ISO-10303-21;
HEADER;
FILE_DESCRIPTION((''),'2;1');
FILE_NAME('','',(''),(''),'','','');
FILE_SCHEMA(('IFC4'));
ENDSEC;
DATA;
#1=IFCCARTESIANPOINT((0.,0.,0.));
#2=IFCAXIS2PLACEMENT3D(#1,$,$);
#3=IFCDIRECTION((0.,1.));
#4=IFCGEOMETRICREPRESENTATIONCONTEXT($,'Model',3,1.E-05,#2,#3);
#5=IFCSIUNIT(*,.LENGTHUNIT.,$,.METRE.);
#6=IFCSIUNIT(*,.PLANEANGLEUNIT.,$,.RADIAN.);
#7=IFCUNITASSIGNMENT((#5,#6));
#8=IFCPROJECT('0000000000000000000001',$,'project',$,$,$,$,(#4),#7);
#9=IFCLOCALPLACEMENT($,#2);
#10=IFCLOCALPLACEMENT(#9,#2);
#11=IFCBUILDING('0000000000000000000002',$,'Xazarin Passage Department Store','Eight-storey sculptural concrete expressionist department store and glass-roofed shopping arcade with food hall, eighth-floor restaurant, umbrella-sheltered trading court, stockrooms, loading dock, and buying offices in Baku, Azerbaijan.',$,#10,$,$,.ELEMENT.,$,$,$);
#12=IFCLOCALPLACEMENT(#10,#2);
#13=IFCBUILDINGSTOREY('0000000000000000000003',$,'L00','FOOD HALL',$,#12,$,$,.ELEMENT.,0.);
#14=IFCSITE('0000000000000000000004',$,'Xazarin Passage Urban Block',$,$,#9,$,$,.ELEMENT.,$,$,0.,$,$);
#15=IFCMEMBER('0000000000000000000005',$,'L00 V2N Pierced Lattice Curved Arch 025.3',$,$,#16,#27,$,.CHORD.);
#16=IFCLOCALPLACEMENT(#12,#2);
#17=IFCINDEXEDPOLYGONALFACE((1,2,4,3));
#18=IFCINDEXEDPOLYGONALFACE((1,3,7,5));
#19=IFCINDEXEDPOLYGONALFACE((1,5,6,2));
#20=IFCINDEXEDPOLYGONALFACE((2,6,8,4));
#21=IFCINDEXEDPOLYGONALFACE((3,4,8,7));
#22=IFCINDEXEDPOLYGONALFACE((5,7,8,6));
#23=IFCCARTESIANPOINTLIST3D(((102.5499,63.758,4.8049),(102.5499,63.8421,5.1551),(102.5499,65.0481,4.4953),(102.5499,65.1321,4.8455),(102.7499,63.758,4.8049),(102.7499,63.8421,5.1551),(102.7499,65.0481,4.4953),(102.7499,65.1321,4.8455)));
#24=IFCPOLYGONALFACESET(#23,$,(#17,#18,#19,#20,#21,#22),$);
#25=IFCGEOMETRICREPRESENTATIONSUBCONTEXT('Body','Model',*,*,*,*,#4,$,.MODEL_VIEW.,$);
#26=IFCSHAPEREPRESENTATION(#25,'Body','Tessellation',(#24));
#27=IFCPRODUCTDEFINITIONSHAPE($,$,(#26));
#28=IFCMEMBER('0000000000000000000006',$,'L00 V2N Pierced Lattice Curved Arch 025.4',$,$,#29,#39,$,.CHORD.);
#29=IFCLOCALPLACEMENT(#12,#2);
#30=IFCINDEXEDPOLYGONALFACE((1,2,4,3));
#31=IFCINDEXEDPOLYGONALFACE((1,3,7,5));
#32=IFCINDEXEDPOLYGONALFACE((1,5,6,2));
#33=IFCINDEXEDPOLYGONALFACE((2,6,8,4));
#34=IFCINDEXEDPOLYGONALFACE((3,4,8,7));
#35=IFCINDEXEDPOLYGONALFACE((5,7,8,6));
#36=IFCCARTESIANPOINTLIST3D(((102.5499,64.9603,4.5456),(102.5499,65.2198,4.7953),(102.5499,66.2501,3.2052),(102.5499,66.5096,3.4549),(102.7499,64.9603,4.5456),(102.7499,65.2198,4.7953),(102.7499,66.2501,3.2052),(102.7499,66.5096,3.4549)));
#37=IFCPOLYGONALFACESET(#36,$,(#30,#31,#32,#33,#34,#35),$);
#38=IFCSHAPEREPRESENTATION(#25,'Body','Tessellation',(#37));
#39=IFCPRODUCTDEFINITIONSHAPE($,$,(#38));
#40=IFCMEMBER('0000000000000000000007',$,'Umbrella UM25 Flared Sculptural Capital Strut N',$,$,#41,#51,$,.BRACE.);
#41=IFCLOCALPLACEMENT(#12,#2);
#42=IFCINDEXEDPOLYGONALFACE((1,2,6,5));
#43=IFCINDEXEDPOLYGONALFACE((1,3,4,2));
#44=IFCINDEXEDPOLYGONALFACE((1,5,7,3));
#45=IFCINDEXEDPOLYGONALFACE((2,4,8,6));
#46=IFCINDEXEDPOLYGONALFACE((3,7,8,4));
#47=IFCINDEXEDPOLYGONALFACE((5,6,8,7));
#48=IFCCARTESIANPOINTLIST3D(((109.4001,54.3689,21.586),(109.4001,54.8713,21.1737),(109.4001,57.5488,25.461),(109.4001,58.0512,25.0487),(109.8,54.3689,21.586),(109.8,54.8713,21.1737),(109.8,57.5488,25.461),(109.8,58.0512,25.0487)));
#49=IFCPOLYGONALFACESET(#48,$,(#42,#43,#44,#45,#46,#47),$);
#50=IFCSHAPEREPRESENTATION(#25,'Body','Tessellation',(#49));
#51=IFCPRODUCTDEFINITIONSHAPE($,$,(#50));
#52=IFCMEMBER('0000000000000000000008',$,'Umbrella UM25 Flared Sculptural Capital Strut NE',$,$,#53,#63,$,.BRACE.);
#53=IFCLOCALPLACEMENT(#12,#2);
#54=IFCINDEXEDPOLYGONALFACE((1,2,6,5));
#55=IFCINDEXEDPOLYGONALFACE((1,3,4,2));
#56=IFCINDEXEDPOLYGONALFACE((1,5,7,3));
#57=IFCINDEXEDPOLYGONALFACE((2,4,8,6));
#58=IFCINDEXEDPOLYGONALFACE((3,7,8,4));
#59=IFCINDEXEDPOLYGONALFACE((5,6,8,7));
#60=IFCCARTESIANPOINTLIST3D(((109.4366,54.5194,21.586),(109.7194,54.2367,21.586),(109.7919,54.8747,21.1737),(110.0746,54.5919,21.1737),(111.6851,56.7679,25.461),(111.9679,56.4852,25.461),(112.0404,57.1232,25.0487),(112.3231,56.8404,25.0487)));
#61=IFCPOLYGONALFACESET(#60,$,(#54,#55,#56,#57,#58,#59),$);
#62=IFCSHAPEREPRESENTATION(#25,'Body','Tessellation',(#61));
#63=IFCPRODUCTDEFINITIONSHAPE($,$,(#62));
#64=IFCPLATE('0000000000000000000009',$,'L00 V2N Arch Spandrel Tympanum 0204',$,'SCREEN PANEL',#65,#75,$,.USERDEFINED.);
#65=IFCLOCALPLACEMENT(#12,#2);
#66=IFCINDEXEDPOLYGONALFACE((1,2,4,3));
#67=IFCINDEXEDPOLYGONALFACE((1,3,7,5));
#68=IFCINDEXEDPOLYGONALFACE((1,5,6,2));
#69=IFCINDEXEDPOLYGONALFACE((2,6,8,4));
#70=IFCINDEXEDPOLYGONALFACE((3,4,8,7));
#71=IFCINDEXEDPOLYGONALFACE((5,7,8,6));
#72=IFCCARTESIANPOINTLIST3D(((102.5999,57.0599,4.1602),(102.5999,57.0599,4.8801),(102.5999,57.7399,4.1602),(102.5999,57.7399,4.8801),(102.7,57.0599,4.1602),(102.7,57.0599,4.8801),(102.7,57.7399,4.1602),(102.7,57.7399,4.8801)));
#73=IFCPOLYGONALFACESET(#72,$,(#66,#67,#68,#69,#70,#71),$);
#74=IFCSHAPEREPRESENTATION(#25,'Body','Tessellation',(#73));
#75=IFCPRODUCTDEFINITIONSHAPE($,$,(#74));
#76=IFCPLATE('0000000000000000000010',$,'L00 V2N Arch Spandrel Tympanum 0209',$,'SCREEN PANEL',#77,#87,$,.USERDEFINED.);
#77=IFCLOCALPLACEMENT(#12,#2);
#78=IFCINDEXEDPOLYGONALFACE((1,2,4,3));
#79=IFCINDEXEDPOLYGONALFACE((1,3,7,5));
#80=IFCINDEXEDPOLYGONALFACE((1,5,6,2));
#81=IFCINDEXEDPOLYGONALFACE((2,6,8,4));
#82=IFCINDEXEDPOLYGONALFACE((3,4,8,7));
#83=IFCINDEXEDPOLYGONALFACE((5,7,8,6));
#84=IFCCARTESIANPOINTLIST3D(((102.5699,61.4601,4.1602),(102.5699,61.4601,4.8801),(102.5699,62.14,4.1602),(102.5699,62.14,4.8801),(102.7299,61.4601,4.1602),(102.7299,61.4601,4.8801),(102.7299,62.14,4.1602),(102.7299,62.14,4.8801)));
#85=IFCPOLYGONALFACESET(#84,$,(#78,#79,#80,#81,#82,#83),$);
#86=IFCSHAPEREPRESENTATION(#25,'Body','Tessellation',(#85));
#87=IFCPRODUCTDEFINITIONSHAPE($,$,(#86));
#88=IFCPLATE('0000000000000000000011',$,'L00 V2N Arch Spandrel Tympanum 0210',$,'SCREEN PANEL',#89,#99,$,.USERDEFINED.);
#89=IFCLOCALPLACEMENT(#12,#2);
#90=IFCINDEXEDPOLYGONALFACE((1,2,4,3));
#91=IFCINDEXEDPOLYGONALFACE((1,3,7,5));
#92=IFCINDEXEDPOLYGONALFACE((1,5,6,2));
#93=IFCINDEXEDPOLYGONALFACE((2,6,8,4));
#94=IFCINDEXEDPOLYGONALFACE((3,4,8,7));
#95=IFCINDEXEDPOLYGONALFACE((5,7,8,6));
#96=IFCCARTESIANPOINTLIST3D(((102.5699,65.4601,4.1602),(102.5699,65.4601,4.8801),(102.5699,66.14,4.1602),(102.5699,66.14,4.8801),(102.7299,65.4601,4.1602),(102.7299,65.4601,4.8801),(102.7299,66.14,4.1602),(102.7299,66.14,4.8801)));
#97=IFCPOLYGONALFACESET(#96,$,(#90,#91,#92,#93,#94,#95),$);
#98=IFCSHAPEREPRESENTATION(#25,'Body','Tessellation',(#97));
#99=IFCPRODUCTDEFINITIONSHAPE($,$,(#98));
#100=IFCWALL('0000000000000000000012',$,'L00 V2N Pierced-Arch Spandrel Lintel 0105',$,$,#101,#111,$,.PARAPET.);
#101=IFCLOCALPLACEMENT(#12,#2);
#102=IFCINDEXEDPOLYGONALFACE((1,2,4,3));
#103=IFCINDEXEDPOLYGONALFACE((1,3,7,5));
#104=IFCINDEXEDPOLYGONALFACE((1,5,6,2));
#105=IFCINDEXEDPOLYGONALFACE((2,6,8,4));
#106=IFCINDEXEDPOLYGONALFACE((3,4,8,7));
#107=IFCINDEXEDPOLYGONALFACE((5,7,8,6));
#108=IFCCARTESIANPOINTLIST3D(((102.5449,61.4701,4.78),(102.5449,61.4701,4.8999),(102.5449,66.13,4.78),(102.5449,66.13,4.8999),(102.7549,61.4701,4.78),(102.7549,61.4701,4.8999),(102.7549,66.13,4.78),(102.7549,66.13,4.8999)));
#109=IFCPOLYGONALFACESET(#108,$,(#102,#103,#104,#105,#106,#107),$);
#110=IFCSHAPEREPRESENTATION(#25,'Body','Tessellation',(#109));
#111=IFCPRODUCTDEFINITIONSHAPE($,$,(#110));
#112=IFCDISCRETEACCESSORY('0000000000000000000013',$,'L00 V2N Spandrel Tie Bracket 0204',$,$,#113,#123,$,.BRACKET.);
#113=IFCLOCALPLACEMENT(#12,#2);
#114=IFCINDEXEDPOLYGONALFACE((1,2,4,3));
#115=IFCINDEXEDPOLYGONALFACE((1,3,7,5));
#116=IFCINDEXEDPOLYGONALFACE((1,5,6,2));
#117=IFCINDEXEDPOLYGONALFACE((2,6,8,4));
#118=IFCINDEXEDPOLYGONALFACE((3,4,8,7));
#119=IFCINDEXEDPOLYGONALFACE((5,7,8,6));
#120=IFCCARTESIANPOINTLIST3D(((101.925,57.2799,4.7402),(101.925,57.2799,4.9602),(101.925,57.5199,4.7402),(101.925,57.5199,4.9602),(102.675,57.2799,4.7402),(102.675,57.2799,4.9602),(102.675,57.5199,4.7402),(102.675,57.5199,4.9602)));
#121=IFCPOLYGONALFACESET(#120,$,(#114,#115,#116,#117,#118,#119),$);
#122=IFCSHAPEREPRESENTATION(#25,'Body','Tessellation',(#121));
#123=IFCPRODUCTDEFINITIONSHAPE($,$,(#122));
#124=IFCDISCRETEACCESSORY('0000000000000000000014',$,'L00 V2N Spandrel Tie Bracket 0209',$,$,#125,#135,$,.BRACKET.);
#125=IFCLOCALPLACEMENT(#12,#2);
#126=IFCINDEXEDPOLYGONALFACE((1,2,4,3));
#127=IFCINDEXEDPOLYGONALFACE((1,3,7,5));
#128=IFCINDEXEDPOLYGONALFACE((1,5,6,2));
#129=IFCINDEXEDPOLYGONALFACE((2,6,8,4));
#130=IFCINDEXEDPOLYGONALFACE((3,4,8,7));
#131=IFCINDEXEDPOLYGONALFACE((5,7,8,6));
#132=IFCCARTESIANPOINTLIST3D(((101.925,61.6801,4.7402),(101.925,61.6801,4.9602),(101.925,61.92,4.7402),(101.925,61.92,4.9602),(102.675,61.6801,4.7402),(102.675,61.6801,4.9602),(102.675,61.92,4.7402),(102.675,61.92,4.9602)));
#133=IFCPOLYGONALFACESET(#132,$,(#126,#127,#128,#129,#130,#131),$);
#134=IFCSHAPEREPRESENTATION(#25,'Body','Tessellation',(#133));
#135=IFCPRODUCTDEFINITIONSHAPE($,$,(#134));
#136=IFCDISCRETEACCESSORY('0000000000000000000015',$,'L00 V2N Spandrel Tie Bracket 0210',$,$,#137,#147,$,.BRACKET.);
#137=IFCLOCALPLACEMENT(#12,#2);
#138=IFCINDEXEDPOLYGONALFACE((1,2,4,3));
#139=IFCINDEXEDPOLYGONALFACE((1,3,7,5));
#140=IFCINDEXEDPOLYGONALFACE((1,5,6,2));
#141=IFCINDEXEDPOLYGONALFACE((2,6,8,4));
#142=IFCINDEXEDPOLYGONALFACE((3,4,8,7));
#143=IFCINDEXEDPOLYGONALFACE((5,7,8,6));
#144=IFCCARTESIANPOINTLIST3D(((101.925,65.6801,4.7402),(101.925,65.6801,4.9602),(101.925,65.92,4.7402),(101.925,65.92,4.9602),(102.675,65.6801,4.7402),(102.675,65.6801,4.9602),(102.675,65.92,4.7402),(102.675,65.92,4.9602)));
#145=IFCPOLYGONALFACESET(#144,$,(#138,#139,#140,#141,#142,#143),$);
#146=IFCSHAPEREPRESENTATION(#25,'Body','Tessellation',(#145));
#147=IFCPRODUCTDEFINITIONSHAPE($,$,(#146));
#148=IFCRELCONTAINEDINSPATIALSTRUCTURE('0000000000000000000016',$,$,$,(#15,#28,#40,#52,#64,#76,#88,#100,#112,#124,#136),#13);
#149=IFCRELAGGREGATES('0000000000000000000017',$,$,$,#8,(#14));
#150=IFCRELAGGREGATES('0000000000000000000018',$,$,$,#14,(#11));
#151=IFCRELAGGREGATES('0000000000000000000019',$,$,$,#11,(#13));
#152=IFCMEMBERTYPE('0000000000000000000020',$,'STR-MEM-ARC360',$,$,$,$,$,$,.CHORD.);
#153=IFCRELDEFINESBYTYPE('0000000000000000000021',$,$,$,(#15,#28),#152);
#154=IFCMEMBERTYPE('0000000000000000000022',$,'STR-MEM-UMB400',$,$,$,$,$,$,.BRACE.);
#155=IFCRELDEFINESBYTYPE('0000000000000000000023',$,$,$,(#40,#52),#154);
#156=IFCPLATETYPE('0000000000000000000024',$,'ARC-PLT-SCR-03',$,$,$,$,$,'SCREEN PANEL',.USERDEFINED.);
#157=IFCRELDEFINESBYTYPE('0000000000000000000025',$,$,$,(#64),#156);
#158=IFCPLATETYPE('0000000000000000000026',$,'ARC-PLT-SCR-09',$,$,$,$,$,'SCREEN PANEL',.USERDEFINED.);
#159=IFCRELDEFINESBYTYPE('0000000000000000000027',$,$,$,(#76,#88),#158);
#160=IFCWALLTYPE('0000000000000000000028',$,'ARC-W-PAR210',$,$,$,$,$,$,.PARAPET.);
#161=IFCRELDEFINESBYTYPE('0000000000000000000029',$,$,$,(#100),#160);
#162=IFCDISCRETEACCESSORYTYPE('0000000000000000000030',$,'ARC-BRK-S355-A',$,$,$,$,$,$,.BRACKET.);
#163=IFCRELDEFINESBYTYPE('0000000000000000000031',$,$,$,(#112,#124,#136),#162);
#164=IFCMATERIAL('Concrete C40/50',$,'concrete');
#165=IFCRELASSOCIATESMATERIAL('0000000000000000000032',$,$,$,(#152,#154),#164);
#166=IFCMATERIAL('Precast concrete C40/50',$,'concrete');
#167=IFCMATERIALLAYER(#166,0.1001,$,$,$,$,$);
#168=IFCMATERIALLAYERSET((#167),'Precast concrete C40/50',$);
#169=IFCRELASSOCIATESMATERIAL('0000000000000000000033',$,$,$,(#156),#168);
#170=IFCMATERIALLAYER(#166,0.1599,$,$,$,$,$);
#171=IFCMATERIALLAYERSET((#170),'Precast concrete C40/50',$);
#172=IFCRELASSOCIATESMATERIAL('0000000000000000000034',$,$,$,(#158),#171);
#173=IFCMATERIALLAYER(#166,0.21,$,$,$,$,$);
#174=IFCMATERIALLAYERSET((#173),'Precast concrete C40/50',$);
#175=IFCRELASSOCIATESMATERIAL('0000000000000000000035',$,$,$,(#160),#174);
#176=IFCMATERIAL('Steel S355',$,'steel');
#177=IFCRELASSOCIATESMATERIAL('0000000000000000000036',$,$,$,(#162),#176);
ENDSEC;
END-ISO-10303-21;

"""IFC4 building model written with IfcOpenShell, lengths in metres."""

from ifc_helpers import new_model, si_unit, direction, frame, frame_2d, origin, origin_2d, place, context, subcontext, project, spatial, rectangle, extrude, material, layer, layer_set, material_profile, profile_set, type_object, element, save


model = new_model("IFC4")

# Units and contexts
model_context = context("Model", 3, precision=1e-05, world=origin(), true_north=direction((0.0, 1.0)))
body_context = subcontext(model_context, "Body", "Model", "MODEL_VIEW")
ifc_project = project(units=[si_unit("LENGTHUNIT", "METRE"), si_unit("PLANEANGLEUNIT", "RADIAN")], contexts=[model_context])

# Site, building, storey
site_placement = place(None, origin())
site = spatial("IfcSite", under=ifc_project, at=site_placement, Name="Xazarin Passage Urban Block", CompositionType="ELEMENT", RefElevation=0.0)
building_placement = place(site_placement, origin())
building = spatial("IfcBuilding", under=site, at=building_placement, Name="Xazarin Passage Department Store", Description="Eight-storey sculptural concrete expressionist department store and glass-roofed shopping arcade with food hall, eighth-floor restaurant, umbrella-sheltered trading court, stockrooms, loading dock, and buying offices in Baku, Azerbaijan.", CompositionType="ELEMENT")
storey_placement = place(building_placement, origin())
storey = spatial("IfcBuildingStorey", under=building, at=storey_placement, Name="L00", Description="FOOD HALL", CompositionType="ELEMENT", Elevation=0.0)

# Shared definitions
ifc_material_1 = material(Name="Concrete C40/50", Category="concrete")

# Members
ifc_material_profile_1 = material_profile(ifc_material_1, rectangle(XDim=0.2, YDim=0.3601, at=origin_2d()), Name="RC 200x360")
ifc_profile_set_1 = profile_set([ifc_material_profile_1], Name="Concrete C40/50")
member_type_1 = type_object("IfcMemberType", Name="STR-MEM-ARC360", PredefinedType="CHORD", material=ifc_profile_set_1)
for number, where, z_axis, x_axis, name in (
    (1, (102.6499, 63.8, 4.98), (0.0, 0.972394, -0.233345), (-1.0, 0.0, 0.0), "L00 V2N Pierced Lattice Curved Arch 025.3"),
):
    element("IfcMember", number, at=place(storey_placement, frame(where, z_axis=z_axis, x_axis=x_axis)), inside=storey, type_object=member_type_1, Name=name, PredefinedType="CHORD", context=body_context, shape_type="SweptSolid", body=[
        extrude(rectangle(XDim=0.2, YDim=0.3601, at=origin_2d()), origin(), (0.0, 0.0, 1.0), 1.3267),
    ])
member_1_placement = place(storey_placement, frame((102.6499, 65.0901, 4.6704), z_axis=(0.0, 0.693392, -0.720561), x_axis=(-1.0, 0.0, 0.0)))
element("IfcMember", 2, at=member_1_placement, inside=storey, type_object=member_type_1, Name="L00 V2N Pierced Lattice Curved Arch 025.4", PredefinedType="CHORD", context=body_context, shape_type="SweptSolid", body=[
    extrude(rectangle(XDim=0.2, YDim=0.3601, at=origin_2d()), origin(), (0.0, 0.0, 1.0), 1.8601),
])
ifc_material_profile_2 = material_profile(ifc_material_1, rectangle(XDim=0.3999, YDim=0.6499, at=origin_2d()), Name="RC 400x650")
ifc_profile_set_2 = profile_set([ifc_material_profile_2], Name="Concrete C40/50")
member_type_2 = type_object("IfcMemberType", Name="STR-MEM-UMB400", PredefinedType="BRACE", material=ifc_profile_set_2)
for number, where, z_axis, x_axis, name in (
    (3, (109.6001, 54.6201, 21.3799), (0.0, 0.63437, 0.77303), (-1.0, 0.0, 0.0), "Umbrella UM25 Flared Sculptural Capital Strut N"),
    (4, (109.7556, 54.5557, 21.3799), (0.448565, 0.448565, 0.773032), (-0.707107, 0.707107, 0.0), "Umbrella UM25 Flared Sculptural Capital Strut NE"),
):
    element("IfcMember", number, at=place(storey_placement, frame(where, z_axis=z_axis, x_axis=x_axis)), inside=storey, type_object=member_type_2, Name=name, PredefinedType="BRACE", context=body_context, shape_type="SweptSolid", body=[
        extrude(rectangle(XDim=0.3999, YDim=0.6499, at=origin_2d()), origin(), (0.0, 0.0, 1.0), 5.0127),
    ])

# Plates
ifc_material_2 = material(Name="Precast concrete C40/50", Category="concrete")
ifc_layer_1 = layer(ifc_material_2, 0.1001)
ifc_layer_set_1 = layer_set([ifc_layer_1], Name="Precast concrete C40/50")
plate_type_1 = type_object("IfcPlateType", Name="ARC-PLT-SCR-03", ElementType="SCREEN PANEL", PredefinedType="USERDEFINED", material=ifc_layer_set_1)
plate_placement = place(storey_placement, frame((102.6499, 57.3999, 4.1602), z_axis=(0.0, 0.0, 1.0), x_axis=(0.0, 1.0, 0.0)))
element("IfcPlate", 5, at=plate_placement, inside=storey, type_object=plate_type_1, Name="L00 V2N Arch Spandrel Tympanum 0204", ObjectType="SCREEN PANEL", PredefinedType="USERDEFINED", context=body_context, shape_type="SweptSolid", body=[
    extrude(rectangle(XDim=0.6799, YDim=0.1001, at=origin_2d()), origin(), (0.0, 0.0, 1.0), 0.72),
])
ifc_layer_2 = layer(ifc_material_2, 0.1599)
ifc_layer_set_2 = layer_set([ifc_layer_2], Name="Precast concrete C40/50")
plate_type_2 = type_object("IfcPlateType", Name="ARC-PLT-SCR-09", ElementType="SCREEN PANEL", PredefinedType="USERDEFINED", material=ifc_layer_set_2)
for number, where, z_axis, x_axis, name in (
    (6, (102.6499, 61.8, 4.1602), (0.0, 0.0, 1.0), (0.0, 1.0, 0.0), "L00 V2N Arch Spandrel Tympanum 0209"),
    (7, (102.6499, 65.8, 4.1602), (0.0, 0.0, 1.0), (0.0, 1.0, 0.0), "L00 V2N Arch Spandrel Tympanum 0210"),
):
    element("IfcPlate", number, at=place(storey_placement, frame(where, z_axis=z_axis, x_axis=x_axis)), inside=storey, type_object=plate_type_2, Name=name, ObjectType="SCREEN PANEL", PredefinedType="USERDEFINED", context=body_context, shape_type="SweptSolid", body=[
        extrude(rectangle(XDim=0.6799, YDim=0.1599, at=origin_2d()), origin(), (0.0, 0.0, 1.0), 0.72),
    ])

# Wall
ifc_layer_3 = layer(ifc_material_2, 0.21)
ifc_layer_set_3 = layer_set([ifc_layer_3], Name="Precast concrete C40/50")
wall_type = type_object("IfcWallType", Name="ARC-W-PAR210", PredefinedType="PARAPET", material=ifc_layer_set_3)
wall_placement = place(storey_placement, frame((102.6499, 61.47, 4.78), z_axis=(0.0, 0.0, 1.0), x_axis=(0.0, 1.0, 0.0)))
element("IfcWall", 8, at=wall_placement, inside=storey, type_object=wall_type, Name="L00 V2N Pierced-Arch Spandrel Lintel 0105", PredefinedType="PARAPET", context=body_context, shape_type="SweptSolid", body=[
    extrude(rectangle(XDim=4.6599, YDim=0.21, at=frame_2d((2.3301, 0.0))), origin(), (0.0, 0.0, 1.0), 0.1199),
])

# Discrete accessories
ifc_material_3 = material(Name="Steel S355", Category="steel")
discrete_accessory_type = type_object("IfcDiscreteAccessoryType", Name="ARC-BRK-S355-A", PredefinedType="BRACKET", material=ifc_material_3)
for number, where, z_axis, x_axis, name in (
    (9, (102.3, 57.3999, 4.7402), (0.0, 0.0, 1.0), (0.0, 1.0, 0.0), "L00 V2N Spandrel Tie Bracket 0204"),
    (10, (102.3, 61.8, 4.7402), (0.0, 0.0, 1.0), (0.0, 1.0, 0.0), "L00 V2N Spandrel Tie Bracket 0209"),
    (11, (102.3, 65.8, 4.7402), (0.0, 0.0, 1.0), (0.0, 1.0, 0.0), "L00 V2N Spandrel Tie Bracket 0210"),
):
    element("IfcDiscreteAccessory", number, at=place(storey_placement, frame(where, z_axis=z_axis, x_axis=x_axis)), inside=storey, type_object=discrete_accessory_type, Name=name, PredefinedType="BRACKET", context=body_context, shape_type="SweptSolid", body=[
        extrude(rectangle(XDim=0.24, YDim=0.75, at=origin_2d()), origin(), (0.0, 0.0, 1.0), 0.22),
    ])

save(model, "model.ifc")
